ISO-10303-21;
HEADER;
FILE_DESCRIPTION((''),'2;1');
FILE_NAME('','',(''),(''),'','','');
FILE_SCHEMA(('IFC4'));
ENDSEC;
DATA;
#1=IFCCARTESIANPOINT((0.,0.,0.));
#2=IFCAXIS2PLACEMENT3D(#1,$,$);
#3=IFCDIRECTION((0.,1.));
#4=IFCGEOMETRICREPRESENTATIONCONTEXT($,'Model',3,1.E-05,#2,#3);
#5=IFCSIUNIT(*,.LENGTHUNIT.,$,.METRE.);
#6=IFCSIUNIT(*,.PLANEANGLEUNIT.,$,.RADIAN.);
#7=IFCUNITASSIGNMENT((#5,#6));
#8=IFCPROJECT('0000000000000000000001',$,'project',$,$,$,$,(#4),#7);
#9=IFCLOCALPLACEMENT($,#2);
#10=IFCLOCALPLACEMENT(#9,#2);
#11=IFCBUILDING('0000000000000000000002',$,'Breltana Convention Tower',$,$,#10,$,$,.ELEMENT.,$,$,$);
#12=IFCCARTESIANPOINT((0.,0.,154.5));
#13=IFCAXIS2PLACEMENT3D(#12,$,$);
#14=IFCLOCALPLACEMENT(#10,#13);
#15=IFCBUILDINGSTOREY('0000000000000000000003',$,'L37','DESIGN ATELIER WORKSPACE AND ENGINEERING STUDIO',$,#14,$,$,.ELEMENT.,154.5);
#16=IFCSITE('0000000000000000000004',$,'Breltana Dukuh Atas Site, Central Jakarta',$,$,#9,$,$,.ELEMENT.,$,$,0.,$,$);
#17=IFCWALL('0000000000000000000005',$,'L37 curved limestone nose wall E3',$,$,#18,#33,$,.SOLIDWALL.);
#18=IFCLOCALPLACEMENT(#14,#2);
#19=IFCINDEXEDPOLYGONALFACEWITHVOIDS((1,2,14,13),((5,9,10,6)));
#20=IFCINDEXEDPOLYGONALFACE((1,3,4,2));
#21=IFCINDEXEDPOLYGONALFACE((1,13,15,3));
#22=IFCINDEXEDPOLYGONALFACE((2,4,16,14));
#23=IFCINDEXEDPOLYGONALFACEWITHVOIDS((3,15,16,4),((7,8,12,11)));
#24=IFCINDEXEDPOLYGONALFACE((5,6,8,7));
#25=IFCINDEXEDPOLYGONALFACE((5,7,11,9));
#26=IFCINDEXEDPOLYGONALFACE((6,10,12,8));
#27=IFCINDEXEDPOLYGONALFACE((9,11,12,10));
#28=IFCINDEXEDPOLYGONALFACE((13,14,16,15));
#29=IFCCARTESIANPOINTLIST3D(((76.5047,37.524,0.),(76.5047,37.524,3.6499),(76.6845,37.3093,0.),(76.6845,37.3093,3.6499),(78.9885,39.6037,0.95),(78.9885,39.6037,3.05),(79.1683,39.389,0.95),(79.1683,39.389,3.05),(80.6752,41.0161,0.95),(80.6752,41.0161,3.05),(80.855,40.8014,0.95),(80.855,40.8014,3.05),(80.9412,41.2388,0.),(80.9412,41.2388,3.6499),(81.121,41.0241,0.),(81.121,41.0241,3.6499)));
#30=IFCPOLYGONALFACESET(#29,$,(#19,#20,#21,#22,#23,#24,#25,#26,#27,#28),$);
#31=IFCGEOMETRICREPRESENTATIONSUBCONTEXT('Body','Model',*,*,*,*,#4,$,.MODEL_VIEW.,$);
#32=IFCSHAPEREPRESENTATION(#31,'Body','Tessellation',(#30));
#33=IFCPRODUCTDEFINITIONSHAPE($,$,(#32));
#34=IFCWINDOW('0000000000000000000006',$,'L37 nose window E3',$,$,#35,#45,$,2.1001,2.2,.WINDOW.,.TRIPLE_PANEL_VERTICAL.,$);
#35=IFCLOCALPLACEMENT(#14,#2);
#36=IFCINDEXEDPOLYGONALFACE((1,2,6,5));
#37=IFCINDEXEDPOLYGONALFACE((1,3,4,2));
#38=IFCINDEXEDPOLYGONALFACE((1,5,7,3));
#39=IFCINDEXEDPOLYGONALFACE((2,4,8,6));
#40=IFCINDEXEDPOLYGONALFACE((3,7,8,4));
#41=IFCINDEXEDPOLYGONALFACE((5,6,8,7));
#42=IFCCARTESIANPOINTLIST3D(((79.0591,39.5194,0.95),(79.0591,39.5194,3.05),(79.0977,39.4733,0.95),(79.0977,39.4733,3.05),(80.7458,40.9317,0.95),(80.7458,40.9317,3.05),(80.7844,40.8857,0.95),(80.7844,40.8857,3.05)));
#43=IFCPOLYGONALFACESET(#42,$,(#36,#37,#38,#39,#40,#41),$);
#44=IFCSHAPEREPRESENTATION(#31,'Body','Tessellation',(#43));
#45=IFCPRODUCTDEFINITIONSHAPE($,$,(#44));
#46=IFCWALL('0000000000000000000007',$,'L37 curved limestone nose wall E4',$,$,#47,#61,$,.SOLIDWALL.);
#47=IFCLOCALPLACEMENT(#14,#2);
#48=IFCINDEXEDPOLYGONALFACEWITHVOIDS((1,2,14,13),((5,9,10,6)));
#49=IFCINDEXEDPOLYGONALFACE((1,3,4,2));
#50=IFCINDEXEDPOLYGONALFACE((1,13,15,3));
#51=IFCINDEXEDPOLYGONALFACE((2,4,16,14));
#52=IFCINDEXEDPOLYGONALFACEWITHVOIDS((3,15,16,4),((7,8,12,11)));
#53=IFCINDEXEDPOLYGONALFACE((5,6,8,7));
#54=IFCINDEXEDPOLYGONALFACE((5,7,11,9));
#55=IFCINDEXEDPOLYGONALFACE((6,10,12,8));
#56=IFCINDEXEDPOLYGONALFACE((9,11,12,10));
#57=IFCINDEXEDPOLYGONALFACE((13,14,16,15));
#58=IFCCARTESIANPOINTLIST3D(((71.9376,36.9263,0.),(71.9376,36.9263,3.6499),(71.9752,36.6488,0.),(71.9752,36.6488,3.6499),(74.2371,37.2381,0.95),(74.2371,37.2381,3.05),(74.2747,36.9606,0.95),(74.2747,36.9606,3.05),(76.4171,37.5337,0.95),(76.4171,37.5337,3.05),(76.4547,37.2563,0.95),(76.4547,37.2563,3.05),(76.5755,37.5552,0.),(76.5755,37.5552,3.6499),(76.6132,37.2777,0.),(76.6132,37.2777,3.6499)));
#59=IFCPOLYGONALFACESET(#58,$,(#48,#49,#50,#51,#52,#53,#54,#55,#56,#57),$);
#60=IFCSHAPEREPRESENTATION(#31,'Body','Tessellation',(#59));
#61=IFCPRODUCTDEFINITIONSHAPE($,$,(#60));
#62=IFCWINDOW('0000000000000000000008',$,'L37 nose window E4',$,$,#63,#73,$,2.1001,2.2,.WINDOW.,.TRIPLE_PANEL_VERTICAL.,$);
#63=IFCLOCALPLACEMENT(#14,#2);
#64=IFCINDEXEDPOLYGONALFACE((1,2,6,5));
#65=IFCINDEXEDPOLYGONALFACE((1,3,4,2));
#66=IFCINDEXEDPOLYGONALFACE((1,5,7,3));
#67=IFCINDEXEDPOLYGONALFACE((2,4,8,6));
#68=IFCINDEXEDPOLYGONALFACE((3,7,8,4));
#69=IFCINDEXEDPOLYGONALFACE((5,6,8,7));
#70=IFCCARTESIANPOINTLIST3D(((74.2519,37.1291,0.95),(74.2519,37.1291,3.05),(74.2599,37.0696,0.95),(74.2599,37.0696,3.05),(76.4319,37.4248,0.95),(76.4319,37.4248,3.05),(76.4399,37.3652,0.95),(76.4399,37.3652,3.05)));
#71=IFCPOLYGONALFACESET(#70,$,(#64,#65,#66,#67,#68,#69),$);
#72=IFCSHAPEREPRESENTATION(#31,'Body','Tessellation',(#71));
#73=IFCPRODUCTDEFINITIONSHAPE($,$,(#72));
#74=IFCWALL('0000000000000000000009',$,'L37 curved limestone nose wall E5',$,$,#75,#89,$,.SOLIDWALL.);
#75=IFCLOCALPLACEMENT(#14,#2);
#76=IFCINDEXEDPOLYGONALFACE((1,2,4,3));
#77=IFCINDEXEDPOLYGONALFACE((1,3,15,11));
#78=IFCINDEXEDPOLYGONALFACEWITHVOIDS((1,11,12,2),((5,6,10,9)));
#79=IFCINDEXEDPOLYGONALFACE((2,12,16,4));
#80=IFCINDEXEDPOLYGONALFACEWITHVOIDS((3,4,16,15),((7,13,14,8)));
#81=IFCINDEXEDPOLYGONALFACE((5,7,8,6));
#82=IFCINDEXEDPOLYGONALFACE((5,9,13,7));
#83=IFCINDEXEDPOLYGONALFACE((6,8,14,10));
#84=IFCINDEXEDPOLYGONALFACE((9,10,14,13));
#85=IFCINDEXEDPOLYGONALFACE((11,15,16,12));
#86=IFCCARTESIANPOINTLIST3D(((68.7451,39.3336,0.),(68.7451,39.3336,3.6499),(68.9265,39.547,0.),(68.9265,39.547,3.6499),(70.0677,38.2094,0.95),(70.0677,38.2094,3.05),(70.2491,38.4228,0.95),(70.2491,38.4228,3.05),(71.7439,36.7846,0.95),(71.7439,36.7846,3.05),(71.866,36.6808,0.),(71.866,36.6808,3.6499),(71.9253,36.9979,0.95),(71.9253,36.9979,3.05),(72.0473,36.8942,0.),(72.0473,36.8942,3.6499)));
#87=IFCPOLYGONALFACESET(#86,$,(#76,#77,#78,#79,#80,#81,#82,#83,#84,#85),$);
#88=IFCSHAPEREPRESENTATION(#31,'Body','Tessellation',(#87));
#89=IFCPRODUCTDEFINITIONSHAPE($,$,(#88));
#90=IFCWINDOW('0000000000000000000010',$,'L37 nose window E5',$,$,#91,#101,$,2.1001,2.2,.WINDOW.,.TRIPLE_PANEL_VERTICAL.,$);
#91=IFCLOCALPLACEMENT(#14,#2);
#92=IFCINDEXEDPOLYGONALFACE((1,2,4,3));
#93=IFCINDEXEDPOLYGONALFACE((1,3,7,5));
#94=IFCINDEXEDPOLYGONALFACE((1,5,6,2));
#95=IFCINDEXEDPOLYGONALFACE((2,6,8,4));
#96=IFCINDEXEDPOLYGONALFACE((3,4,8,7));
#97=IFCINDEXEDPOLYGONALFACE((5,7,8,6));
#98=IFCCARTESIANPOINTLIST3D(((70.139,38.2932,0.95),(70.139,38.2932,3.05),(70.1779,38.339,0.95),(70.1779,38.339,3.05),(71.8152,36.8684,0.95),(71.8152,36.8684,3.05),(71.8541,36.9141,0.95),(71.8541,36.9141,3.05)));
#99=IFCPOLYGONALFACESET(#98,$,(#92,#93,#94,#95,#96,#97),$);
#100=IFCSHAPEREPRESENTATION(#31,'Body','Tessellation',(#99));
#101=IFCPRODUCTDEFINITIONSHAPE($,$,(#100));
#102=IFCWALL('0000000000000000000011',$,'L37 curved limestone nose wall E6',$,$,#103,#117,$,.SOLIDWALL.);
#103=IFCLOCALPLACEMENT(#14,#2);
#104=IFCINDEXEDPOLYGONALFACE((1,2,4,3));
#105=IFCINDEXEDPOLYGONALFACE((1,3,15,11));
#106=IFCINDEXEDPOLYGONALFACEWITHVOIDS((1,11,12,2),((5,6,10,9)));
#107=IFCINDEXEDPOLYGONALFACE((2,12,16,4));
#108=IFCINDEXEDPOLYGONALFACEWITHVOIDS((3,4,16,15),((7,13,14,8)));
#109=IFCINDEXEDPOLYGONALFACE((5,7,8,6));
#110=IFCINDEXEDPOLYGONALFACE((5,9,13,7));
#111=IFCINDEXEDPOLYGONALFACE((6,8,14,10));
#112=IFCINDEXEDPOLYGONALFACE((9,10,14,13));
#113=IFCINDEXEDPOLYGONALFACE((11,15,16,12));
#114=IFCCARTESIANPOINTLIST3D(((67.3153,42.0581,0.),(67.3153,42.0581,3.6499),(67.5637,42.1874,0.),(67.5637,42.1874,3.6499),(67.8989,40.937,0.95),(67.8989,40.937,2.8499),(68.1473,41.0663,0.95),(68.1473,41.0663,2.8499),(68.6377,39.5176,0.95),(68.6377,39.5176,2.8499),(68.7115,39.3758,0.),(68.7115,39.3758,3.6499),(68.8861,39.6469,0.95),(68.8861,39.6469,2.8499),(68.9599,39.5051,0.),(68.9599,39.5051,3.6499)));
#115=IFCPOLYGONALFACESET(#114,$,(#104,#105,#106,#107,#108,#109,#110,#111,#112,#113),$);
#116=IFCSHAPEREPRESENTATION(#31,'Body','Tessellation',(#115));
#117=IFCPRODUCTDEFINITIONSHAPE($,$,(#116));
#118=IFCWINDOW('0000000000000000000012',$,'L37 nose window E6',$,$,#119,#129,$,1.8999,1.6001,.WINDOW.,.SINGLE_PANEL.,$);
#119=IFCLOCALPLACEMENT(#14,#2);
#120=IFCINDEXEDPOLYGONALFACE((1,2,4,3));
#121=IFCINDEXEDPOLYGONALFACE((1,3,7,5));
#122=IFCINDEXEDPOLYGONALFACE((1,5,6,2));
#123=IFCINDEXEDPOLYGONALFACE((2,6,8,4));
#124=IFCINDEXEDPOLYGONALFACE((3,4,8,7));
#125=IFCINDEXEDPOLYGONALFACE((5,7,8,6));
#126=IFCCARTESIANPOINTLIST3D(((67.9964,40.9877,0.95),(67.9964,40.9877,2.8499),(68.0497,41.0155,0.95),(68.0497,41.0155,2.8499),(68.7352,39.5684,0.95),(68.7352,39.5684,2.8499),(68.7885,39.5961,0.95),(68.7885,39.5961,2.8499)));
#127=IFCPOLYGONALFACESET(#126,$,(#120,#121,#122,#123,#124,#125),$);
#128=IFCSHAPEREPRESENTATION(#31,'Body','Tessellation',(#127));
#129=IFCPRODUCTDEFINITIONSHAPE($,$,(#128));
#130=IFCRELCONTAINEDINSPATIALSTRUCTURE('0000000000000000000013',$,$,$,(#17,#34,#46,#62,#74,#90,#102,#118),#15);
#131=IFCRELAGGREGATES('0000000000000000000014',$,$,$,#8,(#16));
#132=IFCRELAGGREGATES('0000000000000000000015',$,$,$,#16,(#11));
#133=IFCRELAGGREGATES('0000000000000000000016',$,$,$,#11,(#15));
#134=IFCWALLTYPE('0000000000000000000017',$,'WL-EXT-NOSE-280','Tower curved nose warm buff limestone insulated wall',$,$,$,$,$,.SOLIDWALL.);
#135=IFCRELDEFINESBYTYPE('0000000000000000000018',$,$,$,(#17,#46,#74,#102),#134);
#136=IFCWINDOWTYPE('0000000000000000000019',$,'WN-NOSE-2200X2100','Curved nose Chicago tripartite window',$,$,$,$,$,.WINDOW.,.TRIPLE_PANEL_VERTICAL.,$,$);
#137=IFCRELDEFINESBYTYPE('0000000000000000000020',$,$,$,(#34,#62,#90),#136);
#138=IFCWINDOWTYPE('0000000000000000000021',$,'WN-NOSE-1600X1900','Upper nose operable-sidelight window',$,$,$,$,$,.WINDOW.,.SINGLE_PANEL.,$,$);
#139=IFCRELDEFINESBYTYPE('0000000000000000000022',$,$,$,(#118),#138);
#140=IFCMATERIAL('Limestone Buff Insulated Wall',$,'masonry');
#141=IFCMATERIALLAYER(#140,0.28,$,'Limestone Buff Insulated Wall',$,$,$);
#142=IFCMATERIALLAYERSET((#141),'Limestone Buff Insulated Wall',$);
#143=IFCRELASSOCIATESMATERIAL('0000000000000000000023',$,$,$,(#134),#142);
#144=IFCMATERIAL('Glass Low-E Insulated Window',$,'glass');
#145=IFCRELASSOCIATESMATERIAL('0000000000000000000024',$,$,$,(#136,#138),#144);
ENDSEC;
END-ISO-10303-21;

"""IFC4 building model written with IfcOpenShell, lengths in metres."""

from ifc_helpers import new_model, si_unit, direction, frame, frame_2d, origin, place, context, subcontext, project, spatial, rectangle, extrude, source, transform, mapped, material, layer, layer_set, type_object, type_shapes, element, fill, save


model = new_model("IFC4")

# Units and contexts
model_context = context("Model", 3, precision=1e-05, world=origin(), true_north=direction((0.0, 1.0)))
body_context = subcontext(model_context, "Body", "Model", "MODEL_VIEW")
ifc_project = project(units=[si_unit("LENGTHUNIT", "METRE"), si_unit("PLANEANGLEUNIT", "RADIAN")], contexts=[model_context])

# Site, building, storey
site_placement = place(None, origin())
site = spatial("IfcSite", under=ifc_project, at=site_placement, Name="Breltana Dukuh Atas Site, Central Jakarta", CompositionType="ELEMENT", RefElevation=0.0)
building_placement = place(site_placement, origin())
building = spatial("IfcBuilding", under=site, at=building_placement, Name="Breltana Convention Tower", CompositionType="ELEMENT")
storey_placement = place(building_placement, frame((0.0, 0.0, 154.5)))
storey = spatial("IfcBuildingStorey", under=building, at=storey_placement, Name="L37", Description="DESIGN ATELIER WORKSPACE AND ENGINEERING STUDIO", CompositionType="ELEMENT", Elevation=154.5)

# Walls, openings, windows
ifc_material_1 = material(Name="Limestone Buff Insulated Wall", Category="masonry")
ifc_layer_1 = layer(ifc_material_1, 0.28, Name="Limestone Buff Insulated Wall")
ifc_layer_set_1 = layer_set([ifc_layer_1], Name="Limestone Buff Insulated Wall")
wall_type = type_object("IfcWallType", Name="WL-EXT-NOSE-280", Description="Tower curved nose warm buff limestone insulated wall", PredefinedType="SOLIDWALL", material=ifc_layer_set_1)
shared_shape_1 = source(origin(), body_context, "Body", "SweptSolid", [
    extrude(rectangle(XDim=5.7864, YDim=0.28, at=frame_2d((2.8931, 0.0))), origin(), (0.0, 0.0, 1.0), 3.6499),
])
wall_1_placement = place(storey_placement, frame((81.031, 41.1313, 0.0), z_axis=(0.0, 0.0, 1.0), x_axis=(-0.766711, -0.641992, 0.0)))
wall_1 = element("IfcWall", 1, at=wall_1_placement, inside=storey, type_object=wall_type, Name="L37 curved limestone nose wall E3", PredefinedType="SOLIDWALL", context=body_context, shape_type="MappedRepresentation", body=[
    mapped(shared_shape_1, transform((0.0, 0.0, 0.0), scale=1.0)),
])
opening_1_placement = place(wall_1_placement, frame((0.3467, 0.0, 0.95)))
opening_1 = element("IfcOpeningElement", 2, at=opening_1_placement, cuts=wall_1, PredefinedType="OPENING", context=body_context, shape_type="SweptSolid", body=[
    extrude(rectangle(XDim=2.2, YDim=2.1001, at=frame_2d((1.1001, 1.05))), frame((0.0, 0.1499, 0.0), z_axis=(0.0, -1.0, 0.0), x_axis=(1.0, 0.0, 0.0)), (0.0, 0.0, 1.0), 0.3),
])
ifc_material_2 = material(Name="Glass Low-E Insulated Window", Category="glass")
window_type_1 = type_object("IfcWindowType", Name="WN-NOSE-2200X2100", Description="Curved nose Chicago tripartite window", PartitioningType="TRIPLE_PANEL_VERTICAL", PredefinedType="WINDOW", material=ifc_material_2)
shared_shape_2 = source(origin(), body_context, "Body", "SweptSolid", [
    extrude(rectangle(XDim=2.2, YDim=2.1001, at=frame_2d((1.1001, 1.05))), frame((0.0, 0.03, 0.0), z_axis=(0.0, -1.0, 0.0), x_axis=(1.0, 0.0, 0.0)), (0.0, 0.0, 1.0), 0.0601),
])
type_shapes(window_type_1, [shared_shape_2])
window_1_placement = place(opening_1_placement, origin())
window_1 = element("IfcWindow", 3, at=window_1_placement, inside=storey, type_object=window_type_1, Name="L37 nose window E3", OverallHeight=2.1001, OverallWidth=2.2, PartitioningType="TRIPLE_PANEL_VERTICAL", PredefinedType="WINDOW", context=body_context, shape_type="MappedRepresentation", body=[
    mapped(shared_shape_2, transform((0.0, 0.0, 0.0), scale=1.0)),
])
fill(opening_1, window_1)
shared_shape_3 = source(origin(), body_context, "Body", "SweptSolid", [
    extrude(rectangle(XDim=4.6804, YDim=0.28, at=frame_2d((2.3403, 0.0))), origin(), (0.0, 0.0, 1.0), 3.6499),
])
wall_2_placement = place(storey_placement, frame((76.5945, 37.4165, 0.0), z_axis=(0.0, 0.0, 1.0), x_axis=(-0.990931, -0.134371, 0.0)))
wall_2 = element("IfcWall", 4, at=wall_2_placement, inside=storey, type_object=wall_type, Name="L37 curved limestone nose wall E4", PredefinedType="SOLIDWALL", context=body_context, shape_type="MappedRepresentation", body=[
    mapped(shared_shape_3, transform((0.0, 0.0, 0.0), scale=1.0)),
])
opening_2_placement = place(wall_2_placement, frame((0.1599, 0.0, 0.95)))
opening_2 = element("IfcOpeningElement", 5, at=opening_2_placement, cuts=wall_2, PredefinedType="OPENING", context=body_context, shape_type="SweptSolid", body=[
    extrude(rectangle(XDim=2.2, YDim=2.1001, at=frame_2d((1.1001, 1.05))), frame((0.0, 0.1499, 0.0), z_axis=(0.0, -1.0, 0.0), x_axis=(1.0, 0.0, 0.0)), (0.0, 0.0, 1.0), 0.3),
])
window_2_placement = place(opening_2_placement, origin())
window_2 = element("IfcWindow", 6, at=window_2_placement, inside=storey, type_object=window_type_1, Name="L37 nose window E4", OverallHeight=2.1001, OverallWidth=2.2, PartitioningType="TRIPLE_PANEL_VERTICAL", PredefinedType="WINDOW", context=body_context, shape_type="MappedRepresentation", body=[
    mapped(shared_shape_2, transform((0.0, 0.0, 0.0), scale=1.0)),
])
fill(opening_2, window_2)
shared_shape_4 = source(origin(), body_context, "Body", "SweptSolid", [
    extrude(rectangle(XDim=4.0959, YDim=0.28, at=frame_2d((2.0479, 0.0))), origin(), (0.0, 0.0, 1.0), 3.6499),
])
wall_3_placement = place(storey_placement, frame((71.9565, 36.7876, 0.0), z_axis=(0.0, 0.0, 1.0), x_axis=(-0.761926, 0.647664, 0.0)))
wall_3 = element("IfcWall", 7, at=wall_3_placement, inside=storey, type_object=wall_type, Name="L37 curved limestone nose wall E5", PredefinedType="SOLIDWALL", context=body_context, shape_type="MappedRepresentation", body=[
    mapped(shared_shape_4, transform((0.0, 0.0, 0.0), scale=1.0)),
])
opening_3_placement = place(wall_3_placement, frame((0.1599, 0.0, 0.95)))
opening_3 = element("IfcOpeningElement", 8, at=opening_3_placement, cuts=wall_3, PredefinedType="OPENING", context=body_context, shape_type="SweptSolid", body=[
    extrude(rectangle(XDim=2.2, YDim=2.1001, at=frame_2d((1.1001, 1.05))), frame((0.0, 0.1499, 0.0), z_axis=(0.0, -1.0, 0.0), x_axis=(1.0, 0.0, 0.0)), (0.0, 0.0, 1.0), 0.3),
])
window_3_placement = place(opening_3_placement, origin())
window_3 = element("IfcWindow", 9, at=window_3_placement, inside=storey, type_object=window_type_1, Name="L37 nose window E5", OverallHeight=2.1001, OverallWidth=2.2, PartitioningType="TRIPLE_PANEL_VERTICAL", PredefinedType="WINDOW", context=body_context, shape_type="MappedRepresentation", body=[
    mapped(shared_shape_2, transform((0.0, 0.0, 0.0), scale=1.0)),
])
fill(opening_3, window_3)
shared_shape_5 = source(origin(), body_context, "Body", "SweptSolid", [
    extrude(rectangle(XDim=3.0239, YDim=0.28, at=frame_2d((1.512, 0.0))), origin(), (0.0, 0.0, 1.0), 3.6499),
])
wall_4_placement = place(storey_placement, frame((68.8357, 39.4404, 0.0), z_axis=(0.0, 0.0, 1.0), x_axis=(-0.461719, 0.887026, 0.0)))
wall_4 = element("IfcWall", 10, at=wall_4_placement, inside=storey, type_object=wall_type, Name="L37 curved limestone nose wall E6", PredefinedType="SOLIDWALL", context=body_context, shape_type="MappedRepresentation", body=[
    mapped(shared_shape_5, transform((0.0, 0.0, 0.0), scale=1.0)),
])
opening_4_placement = place(wall_4_placement, frame((0.1599, 0.0, 0.95)))
opening_4 = element("IfcOpeningElement", 11, at=opening_4_placement, cuts=wall_4, PredefinedType="OPENING", context=body_context, shape_type="SweptSolid", body=[
    extrude(rectangle(XDim=1.6001, YDim=1.8999, at=frame_2d((0.8, 0.95))), frame((0.0, 0.1499, 0.0), z_axis=(0.0, -1.0, 0.0), x_axis=(1.0, 0.0, 0.0)), (0.0, 0.0, 1.0), 0.3),
])
window_type_2 = type_object("IfcWindowType", Name="WN-NOSE-1600X1900", Description="Upper nose operable-sidelight window", PartitioningType="SINGLE_PANEL", PredefinedType="WINDOW", material=ifc_material_2)
shared_shape_6 = source(origin(), body_context, "Body", "SweptSolid", [
    extrude(rectangle(XDim=1.6001, YDim=1.8999, at=frame_2d((0.8, 0.95))), frame((0.0, 0.03, 0.0), z_axis=(0.0, -1.0, 0.0), x_axis=(1.0, 0.0, 0.0)), (0.0, 0.0, 1.0), 0.0601),
])
type_shapes(window_type_2, [shared_shape_6])
window_4_placement = place(opening_4_placement, origin())
window_4 = element("IfcWindow", 12, at=window_4_placement, inside=storey, type_object=window_type_2, Name="L37 nose window E6", OverallHeight=1.8999, OverallWidth=1.6001, PartitioningType="SINGLE_PANEL", PredefinedType="WINDOW", context=body_context, shape_type="MappedRepresentation", body=[
    mapped(shared_shape_6, transform((0.0, 0.0, 0.0), scale=1.0)),
])
fill(opening_4, window_4)

save(model, "model.ifc")
